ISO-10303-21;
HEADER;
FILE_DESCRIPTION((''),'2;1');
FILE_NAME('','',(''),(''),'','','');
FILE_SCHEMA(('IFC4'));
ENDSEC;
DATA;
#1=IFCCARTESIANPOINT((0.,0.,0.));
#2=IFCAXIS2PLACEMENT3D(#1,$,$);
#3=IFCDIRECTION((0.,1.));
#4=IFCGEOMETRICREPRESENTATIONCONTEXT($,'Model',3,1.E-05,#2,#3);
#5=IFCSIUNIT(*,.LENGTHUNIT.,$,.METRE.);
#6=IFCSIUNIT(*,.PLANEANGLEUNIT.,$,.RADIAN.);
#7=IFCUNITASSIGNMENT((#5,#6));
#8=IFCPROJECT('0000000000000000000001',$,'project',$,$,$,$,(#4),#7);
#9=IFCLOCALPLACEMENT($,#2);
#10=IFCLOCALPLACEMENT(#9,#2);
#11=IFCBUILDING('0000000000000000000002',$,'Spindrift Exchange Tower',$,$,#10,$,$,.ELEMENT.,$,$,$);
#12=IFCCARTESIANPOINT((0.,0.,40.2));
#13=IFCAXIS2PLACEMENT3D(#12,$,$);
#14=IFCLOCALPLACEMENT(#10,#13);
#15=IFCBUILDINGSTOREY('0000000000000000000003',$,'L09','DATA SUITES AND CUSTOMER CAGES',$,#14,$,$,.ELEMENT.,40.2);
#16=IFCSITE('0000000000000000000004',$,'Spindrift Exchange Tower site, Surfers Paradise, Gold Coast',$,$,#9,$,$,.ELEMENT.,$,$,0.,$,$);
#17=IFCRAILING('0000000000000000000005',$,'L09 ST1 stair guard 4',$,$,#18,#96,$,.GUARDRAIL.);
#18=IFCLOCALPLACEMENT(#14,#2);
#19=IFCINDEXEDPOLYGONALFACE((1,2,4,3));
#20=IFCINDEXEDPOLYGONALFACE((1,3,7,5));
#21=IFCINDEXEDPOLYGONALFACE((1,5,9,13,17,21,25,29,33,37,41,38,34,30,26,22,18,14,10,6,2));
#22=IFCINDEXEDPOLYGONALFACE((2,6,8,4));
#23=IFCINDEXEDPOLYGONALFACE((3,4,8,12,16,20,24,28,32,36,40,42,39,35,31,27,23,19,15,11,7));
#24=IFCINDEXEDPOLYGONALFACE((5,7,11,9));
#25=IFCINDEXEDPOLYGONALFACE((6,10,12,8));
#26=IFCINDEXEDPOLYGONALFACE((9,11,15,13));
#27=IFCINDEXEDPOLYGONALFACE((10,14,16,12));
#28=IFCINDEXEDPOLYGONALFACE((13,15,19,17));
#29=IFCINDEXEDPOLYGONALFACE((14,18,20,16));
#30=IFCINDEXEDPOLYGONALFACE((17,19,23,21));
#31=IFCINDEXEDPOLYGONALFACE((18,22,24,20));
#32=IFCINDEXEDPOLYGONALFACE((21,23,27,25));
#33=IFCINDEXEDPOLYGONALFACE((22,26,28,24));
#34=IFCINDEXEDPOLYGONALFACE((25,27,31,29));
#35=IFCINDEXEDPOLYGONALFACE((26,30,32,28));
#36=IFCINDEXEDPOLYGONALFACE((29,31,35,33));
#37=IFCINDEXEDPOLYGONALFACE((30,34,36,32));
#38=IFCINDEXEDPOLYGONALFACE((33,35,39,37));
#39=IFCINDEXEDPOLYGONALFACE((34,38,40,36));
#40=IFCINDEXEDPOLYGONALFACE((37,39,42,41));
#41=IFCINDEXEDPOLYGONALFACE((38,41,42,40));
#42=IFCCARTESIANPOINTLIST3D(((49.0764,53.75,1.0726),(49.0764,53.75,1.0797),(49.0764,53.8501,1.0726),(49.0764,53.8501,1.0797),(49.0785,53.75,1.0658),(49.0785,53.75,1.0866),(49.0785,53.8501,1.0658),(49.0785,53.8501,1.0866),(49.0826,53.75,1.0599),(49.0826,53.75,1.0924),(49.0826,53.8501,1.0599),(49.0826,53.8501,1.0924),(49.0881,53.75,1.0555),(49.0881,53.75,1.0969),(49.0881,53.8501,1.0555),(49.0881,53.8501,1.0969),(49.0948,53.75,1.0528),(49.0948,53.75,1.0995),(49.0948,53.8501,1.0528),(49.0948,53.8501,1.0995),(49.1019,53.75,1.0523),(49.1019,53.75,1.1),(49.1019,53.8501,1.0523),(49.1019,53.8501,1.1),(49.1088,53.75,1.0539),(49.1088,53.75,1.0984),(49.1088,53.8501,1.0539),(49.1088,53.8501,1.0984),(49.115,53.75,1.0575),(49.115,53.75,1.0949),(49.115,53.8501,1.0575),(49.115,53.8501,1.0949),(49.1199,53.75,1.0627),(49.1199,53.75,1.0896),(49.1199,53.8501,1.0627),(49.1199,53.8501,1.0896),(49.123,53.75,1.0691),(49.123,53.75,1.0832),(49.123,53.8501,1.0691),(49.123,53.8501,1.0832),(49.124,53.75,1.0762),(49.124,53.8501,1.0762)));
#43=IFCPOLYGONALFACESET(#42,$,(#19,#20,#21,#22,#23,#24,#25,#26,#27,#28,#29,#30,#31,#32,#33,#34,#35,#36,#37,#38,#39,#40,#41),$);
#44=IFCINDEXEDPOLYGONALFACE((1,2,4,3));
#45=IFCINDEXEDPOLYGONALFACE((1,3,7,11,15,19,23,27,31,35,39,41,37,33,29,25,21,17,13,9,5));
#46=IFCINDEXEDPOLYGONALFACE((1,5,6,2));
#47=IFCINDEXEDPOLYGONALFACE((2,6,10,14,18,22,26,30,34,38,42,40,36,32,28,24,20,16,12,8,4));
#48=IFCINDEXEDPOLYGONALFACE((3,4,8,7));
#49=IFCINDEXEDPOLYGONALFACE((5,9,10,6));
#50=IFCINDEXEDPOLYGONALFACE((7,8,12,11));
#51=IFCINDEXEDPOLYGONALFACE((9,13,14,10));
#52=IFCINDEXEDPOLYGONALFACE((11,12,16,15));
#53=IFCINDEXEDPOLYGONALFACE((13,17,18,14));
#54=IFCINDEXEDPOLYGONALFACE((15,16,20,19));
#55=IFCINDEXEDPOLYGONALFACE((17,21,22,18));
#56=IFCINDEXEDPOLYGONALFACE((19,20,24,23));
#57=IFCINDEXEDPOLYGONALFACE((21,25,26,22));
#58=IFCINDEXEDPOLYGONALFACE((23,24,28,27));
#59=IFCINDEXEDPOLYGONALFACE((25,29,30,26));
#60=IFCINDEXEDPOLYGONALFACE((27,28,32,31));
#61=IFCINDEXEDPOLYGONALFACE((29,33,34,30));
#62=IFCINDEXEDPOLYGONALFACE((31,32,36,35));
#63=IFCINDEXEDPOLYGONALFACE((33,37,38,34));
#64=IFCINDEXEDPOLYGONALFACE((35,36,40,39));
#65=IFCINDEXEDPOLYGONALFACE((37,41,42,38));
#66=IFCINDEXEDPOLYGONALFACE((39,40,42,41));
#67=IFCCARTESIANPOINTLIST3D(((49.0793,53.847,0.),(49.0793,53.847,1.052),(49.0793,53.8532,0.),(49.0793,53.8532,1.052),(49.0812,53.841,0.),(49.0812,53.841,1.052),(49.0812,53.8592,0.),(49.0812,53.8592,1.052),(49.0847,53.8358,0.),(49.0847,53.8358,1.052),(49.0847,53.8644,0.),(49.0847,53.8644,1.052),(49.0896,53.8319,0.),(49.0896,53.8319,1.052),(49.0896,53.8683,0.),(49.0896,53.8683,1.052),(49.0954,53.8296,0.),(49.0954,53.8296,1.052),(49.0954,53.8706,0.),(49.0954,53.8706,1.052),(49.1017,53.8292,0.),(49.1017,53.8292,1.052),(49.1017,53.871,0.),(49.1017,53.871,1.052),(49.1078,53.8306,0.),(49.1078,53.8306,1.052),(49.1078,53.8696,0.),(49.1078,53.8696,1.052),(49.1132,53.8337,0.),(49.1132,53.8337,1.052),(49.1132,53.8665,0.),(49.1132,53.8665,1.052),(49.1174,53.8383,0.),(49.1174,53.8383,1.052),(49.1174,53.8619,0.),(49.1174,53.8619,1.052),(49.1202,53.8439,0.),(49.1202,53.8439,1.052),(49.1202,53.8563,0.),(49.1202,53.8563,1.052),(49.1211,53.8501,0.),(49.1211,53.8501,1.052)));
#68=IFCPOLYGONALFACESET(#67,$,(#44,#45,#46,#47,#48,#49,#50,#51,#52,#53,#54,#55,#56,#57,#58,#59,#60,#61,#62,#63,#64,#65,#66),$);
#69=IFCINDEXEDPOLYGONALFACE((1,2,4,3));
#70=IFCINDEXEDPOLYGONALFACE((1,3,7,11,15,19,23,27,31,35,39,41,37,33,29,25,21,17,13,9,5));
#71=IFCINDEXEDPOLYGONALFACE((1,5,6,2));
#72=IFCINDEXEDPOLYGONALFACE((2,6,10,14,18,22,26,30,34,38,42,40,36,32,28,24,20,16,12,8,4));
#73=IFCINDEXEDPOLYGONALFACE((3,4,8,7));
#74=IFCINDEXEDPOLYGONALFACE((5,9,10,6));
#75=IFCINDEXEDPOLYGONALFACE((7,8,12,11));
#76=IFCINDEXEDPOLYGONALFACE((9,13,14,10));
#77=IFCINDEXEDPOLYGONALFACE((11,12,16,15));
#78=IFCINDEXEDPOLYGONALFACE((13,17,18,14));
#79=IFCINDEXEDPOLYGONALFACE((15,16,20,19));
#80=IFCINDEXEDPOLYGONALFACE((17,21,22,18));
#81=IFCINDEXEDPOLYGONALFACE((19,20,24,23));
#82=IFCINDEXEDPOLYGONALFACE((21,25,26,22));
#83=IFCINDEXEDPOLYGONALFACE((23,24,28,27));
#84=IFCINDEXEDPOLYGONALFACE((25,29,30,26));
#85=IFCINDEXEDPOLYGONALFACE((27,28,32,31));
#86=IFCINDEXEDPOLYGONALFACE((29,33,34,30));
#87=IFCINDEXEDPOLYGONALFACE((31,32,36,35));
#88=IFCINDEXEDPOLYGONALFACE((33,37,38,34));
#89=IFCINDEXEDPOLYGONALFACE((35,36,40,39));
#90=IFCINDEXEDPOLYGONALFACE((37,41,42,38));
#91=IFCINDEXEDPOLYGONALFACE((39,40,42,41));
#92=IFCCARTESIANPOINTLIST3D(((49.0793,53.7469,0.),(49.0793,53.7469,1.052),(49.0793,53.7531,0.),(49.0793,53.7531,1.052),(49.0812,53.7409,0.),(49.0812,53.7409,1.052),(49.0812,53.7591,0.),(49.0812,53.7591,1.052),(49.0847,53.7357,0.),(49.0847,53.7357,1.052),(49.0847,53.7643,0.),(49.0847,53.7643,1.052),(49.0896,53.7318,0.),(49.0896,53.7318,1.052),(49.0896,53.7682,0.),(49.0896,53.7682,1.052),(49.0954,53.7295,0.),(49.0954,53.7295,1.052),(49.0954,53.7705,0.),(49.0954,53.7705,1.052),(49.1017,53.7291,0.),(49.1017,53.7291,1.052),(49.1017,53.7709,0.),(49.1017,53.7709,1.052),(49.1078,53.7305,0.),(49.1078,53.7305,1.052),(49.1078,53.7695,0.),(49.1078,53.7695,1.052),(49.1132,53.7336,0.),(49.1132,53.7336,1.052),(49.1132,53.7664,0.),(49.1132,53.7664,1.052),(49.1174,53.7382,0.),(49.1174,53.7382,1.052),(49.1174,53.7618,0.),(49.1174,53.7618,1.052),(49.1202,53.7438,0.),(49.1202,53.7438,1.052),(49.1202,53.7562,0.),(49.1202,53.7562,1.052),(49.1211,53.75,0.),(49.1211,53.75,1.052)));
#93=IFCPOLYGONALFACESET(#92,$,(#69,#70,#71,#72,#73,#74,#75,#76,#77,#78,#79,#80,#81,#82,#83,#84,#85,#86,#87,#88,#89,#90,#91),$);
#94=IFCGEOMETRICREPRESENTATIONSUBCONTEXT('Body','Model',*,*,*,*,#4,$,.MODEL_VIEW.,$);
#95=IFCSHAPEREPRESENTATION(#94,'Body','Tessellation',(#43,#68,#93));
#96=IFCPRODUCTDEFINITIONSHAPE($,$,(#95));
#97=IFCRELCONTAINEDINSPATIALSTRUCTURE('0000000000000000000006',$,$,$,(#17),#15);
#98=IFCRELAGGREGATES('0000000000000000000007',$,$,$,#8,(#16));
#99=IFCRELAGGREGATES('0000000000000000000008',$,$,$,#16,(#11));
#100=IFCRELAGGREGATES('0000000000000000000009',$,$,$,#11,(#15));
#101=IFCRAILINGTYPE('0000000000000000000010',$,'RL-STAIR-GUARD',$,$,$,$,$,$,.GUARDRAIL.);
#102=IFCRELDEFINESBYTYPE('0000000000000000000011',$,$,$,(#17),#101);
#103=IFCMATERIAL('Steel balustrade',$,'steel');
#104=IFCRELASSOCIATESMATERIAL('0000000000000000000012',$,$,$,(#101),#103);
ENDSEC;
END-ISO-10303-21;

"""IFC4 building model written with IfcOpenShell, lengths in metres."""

from ifc_helpers import new_model, si_unit, direction, frame, origin, origin_2d, place, context, subcontext, project, spatial, circle, extrude, material, type_object, element, save


model = new_model("IFC4")

# Units and contexts
model_context = context("Model", 3, precision=1e-05, world=origin(), true_north=direction((0.0, 1.0)))
body_context = subcontext(model_context, "Body", "Model", "MODEL_VIEW")
ifc_project = project(units=[si_unit("LENGTHUNIT", "METRE"), si_unit("PLANEANGLEUNIT", "RADIAN")], contexts=[model_context])

# Site, building, storey
site_placement = place(None, origin())
site = spatial("IfcSite", under=ifc_project, at=site_placement, Name="Spindrift Exchange Tower site, Surfers Paradise, Gold Coast", CompositionType="ELEMENT", RefElevation=0.0)
building_placement = place(site_placement, origin())
building = spatial("IfcBuilding", under=site, at=building_placement, Name="Spindrift Exchange Tower", CompositionType="ELEMENT")
storey_placement = place(building_placement, frame((0.0, 0.0, 40.2)))
storey = spatial("IfcBuildingStorey", under=building, at=storey_placement, Name="L09", Description="DATA SUITES AND CUSTOMER CAGES", CompositionType="ELEMENT", Elevation=40.2)

# Railing
ifc_material_1 = material(Name="Steel balustrade", Category="steel")
railing_type_1 = type_object("IfcRailingType", Name="RL-STAIR-GUARD", PredefinedType="GUARDRAIL", material=ifc_material_1)
railing_1_placement = place(storey_placement, frame((49.1001, 53.8501, 0.0)))
element("IfcRailing", 1, at=railing_1_placement, inside=storey, type_object=railing_type_1, Name="L09 ST1 stair guard 4", PredefinedType="GUARDRAIL", context=body_context, shape_type="SweptSolid", body=[
    extrude(circle(Radius=0.0239, at=origin_2d()), frame((0.0, 0.0, 1.0762), z_axis=(0.0, -1.0, 0.0), x_axis=(1.0, 0.0, 0.0)), (0.0, 0.0, 1.0), 0.1001),
    extrude(circle(Radius=0.021, at=origin_2d()), origin(), (0.0, 0.0, 1.0), 1.052),
    extrude(circle(Radius=0.021, at=origin_2d()), frame((0.0, -0.1001, 0.0)), (0.0, 0.0, 1.0), 1.052),
])

save(model, "model.ifc")
